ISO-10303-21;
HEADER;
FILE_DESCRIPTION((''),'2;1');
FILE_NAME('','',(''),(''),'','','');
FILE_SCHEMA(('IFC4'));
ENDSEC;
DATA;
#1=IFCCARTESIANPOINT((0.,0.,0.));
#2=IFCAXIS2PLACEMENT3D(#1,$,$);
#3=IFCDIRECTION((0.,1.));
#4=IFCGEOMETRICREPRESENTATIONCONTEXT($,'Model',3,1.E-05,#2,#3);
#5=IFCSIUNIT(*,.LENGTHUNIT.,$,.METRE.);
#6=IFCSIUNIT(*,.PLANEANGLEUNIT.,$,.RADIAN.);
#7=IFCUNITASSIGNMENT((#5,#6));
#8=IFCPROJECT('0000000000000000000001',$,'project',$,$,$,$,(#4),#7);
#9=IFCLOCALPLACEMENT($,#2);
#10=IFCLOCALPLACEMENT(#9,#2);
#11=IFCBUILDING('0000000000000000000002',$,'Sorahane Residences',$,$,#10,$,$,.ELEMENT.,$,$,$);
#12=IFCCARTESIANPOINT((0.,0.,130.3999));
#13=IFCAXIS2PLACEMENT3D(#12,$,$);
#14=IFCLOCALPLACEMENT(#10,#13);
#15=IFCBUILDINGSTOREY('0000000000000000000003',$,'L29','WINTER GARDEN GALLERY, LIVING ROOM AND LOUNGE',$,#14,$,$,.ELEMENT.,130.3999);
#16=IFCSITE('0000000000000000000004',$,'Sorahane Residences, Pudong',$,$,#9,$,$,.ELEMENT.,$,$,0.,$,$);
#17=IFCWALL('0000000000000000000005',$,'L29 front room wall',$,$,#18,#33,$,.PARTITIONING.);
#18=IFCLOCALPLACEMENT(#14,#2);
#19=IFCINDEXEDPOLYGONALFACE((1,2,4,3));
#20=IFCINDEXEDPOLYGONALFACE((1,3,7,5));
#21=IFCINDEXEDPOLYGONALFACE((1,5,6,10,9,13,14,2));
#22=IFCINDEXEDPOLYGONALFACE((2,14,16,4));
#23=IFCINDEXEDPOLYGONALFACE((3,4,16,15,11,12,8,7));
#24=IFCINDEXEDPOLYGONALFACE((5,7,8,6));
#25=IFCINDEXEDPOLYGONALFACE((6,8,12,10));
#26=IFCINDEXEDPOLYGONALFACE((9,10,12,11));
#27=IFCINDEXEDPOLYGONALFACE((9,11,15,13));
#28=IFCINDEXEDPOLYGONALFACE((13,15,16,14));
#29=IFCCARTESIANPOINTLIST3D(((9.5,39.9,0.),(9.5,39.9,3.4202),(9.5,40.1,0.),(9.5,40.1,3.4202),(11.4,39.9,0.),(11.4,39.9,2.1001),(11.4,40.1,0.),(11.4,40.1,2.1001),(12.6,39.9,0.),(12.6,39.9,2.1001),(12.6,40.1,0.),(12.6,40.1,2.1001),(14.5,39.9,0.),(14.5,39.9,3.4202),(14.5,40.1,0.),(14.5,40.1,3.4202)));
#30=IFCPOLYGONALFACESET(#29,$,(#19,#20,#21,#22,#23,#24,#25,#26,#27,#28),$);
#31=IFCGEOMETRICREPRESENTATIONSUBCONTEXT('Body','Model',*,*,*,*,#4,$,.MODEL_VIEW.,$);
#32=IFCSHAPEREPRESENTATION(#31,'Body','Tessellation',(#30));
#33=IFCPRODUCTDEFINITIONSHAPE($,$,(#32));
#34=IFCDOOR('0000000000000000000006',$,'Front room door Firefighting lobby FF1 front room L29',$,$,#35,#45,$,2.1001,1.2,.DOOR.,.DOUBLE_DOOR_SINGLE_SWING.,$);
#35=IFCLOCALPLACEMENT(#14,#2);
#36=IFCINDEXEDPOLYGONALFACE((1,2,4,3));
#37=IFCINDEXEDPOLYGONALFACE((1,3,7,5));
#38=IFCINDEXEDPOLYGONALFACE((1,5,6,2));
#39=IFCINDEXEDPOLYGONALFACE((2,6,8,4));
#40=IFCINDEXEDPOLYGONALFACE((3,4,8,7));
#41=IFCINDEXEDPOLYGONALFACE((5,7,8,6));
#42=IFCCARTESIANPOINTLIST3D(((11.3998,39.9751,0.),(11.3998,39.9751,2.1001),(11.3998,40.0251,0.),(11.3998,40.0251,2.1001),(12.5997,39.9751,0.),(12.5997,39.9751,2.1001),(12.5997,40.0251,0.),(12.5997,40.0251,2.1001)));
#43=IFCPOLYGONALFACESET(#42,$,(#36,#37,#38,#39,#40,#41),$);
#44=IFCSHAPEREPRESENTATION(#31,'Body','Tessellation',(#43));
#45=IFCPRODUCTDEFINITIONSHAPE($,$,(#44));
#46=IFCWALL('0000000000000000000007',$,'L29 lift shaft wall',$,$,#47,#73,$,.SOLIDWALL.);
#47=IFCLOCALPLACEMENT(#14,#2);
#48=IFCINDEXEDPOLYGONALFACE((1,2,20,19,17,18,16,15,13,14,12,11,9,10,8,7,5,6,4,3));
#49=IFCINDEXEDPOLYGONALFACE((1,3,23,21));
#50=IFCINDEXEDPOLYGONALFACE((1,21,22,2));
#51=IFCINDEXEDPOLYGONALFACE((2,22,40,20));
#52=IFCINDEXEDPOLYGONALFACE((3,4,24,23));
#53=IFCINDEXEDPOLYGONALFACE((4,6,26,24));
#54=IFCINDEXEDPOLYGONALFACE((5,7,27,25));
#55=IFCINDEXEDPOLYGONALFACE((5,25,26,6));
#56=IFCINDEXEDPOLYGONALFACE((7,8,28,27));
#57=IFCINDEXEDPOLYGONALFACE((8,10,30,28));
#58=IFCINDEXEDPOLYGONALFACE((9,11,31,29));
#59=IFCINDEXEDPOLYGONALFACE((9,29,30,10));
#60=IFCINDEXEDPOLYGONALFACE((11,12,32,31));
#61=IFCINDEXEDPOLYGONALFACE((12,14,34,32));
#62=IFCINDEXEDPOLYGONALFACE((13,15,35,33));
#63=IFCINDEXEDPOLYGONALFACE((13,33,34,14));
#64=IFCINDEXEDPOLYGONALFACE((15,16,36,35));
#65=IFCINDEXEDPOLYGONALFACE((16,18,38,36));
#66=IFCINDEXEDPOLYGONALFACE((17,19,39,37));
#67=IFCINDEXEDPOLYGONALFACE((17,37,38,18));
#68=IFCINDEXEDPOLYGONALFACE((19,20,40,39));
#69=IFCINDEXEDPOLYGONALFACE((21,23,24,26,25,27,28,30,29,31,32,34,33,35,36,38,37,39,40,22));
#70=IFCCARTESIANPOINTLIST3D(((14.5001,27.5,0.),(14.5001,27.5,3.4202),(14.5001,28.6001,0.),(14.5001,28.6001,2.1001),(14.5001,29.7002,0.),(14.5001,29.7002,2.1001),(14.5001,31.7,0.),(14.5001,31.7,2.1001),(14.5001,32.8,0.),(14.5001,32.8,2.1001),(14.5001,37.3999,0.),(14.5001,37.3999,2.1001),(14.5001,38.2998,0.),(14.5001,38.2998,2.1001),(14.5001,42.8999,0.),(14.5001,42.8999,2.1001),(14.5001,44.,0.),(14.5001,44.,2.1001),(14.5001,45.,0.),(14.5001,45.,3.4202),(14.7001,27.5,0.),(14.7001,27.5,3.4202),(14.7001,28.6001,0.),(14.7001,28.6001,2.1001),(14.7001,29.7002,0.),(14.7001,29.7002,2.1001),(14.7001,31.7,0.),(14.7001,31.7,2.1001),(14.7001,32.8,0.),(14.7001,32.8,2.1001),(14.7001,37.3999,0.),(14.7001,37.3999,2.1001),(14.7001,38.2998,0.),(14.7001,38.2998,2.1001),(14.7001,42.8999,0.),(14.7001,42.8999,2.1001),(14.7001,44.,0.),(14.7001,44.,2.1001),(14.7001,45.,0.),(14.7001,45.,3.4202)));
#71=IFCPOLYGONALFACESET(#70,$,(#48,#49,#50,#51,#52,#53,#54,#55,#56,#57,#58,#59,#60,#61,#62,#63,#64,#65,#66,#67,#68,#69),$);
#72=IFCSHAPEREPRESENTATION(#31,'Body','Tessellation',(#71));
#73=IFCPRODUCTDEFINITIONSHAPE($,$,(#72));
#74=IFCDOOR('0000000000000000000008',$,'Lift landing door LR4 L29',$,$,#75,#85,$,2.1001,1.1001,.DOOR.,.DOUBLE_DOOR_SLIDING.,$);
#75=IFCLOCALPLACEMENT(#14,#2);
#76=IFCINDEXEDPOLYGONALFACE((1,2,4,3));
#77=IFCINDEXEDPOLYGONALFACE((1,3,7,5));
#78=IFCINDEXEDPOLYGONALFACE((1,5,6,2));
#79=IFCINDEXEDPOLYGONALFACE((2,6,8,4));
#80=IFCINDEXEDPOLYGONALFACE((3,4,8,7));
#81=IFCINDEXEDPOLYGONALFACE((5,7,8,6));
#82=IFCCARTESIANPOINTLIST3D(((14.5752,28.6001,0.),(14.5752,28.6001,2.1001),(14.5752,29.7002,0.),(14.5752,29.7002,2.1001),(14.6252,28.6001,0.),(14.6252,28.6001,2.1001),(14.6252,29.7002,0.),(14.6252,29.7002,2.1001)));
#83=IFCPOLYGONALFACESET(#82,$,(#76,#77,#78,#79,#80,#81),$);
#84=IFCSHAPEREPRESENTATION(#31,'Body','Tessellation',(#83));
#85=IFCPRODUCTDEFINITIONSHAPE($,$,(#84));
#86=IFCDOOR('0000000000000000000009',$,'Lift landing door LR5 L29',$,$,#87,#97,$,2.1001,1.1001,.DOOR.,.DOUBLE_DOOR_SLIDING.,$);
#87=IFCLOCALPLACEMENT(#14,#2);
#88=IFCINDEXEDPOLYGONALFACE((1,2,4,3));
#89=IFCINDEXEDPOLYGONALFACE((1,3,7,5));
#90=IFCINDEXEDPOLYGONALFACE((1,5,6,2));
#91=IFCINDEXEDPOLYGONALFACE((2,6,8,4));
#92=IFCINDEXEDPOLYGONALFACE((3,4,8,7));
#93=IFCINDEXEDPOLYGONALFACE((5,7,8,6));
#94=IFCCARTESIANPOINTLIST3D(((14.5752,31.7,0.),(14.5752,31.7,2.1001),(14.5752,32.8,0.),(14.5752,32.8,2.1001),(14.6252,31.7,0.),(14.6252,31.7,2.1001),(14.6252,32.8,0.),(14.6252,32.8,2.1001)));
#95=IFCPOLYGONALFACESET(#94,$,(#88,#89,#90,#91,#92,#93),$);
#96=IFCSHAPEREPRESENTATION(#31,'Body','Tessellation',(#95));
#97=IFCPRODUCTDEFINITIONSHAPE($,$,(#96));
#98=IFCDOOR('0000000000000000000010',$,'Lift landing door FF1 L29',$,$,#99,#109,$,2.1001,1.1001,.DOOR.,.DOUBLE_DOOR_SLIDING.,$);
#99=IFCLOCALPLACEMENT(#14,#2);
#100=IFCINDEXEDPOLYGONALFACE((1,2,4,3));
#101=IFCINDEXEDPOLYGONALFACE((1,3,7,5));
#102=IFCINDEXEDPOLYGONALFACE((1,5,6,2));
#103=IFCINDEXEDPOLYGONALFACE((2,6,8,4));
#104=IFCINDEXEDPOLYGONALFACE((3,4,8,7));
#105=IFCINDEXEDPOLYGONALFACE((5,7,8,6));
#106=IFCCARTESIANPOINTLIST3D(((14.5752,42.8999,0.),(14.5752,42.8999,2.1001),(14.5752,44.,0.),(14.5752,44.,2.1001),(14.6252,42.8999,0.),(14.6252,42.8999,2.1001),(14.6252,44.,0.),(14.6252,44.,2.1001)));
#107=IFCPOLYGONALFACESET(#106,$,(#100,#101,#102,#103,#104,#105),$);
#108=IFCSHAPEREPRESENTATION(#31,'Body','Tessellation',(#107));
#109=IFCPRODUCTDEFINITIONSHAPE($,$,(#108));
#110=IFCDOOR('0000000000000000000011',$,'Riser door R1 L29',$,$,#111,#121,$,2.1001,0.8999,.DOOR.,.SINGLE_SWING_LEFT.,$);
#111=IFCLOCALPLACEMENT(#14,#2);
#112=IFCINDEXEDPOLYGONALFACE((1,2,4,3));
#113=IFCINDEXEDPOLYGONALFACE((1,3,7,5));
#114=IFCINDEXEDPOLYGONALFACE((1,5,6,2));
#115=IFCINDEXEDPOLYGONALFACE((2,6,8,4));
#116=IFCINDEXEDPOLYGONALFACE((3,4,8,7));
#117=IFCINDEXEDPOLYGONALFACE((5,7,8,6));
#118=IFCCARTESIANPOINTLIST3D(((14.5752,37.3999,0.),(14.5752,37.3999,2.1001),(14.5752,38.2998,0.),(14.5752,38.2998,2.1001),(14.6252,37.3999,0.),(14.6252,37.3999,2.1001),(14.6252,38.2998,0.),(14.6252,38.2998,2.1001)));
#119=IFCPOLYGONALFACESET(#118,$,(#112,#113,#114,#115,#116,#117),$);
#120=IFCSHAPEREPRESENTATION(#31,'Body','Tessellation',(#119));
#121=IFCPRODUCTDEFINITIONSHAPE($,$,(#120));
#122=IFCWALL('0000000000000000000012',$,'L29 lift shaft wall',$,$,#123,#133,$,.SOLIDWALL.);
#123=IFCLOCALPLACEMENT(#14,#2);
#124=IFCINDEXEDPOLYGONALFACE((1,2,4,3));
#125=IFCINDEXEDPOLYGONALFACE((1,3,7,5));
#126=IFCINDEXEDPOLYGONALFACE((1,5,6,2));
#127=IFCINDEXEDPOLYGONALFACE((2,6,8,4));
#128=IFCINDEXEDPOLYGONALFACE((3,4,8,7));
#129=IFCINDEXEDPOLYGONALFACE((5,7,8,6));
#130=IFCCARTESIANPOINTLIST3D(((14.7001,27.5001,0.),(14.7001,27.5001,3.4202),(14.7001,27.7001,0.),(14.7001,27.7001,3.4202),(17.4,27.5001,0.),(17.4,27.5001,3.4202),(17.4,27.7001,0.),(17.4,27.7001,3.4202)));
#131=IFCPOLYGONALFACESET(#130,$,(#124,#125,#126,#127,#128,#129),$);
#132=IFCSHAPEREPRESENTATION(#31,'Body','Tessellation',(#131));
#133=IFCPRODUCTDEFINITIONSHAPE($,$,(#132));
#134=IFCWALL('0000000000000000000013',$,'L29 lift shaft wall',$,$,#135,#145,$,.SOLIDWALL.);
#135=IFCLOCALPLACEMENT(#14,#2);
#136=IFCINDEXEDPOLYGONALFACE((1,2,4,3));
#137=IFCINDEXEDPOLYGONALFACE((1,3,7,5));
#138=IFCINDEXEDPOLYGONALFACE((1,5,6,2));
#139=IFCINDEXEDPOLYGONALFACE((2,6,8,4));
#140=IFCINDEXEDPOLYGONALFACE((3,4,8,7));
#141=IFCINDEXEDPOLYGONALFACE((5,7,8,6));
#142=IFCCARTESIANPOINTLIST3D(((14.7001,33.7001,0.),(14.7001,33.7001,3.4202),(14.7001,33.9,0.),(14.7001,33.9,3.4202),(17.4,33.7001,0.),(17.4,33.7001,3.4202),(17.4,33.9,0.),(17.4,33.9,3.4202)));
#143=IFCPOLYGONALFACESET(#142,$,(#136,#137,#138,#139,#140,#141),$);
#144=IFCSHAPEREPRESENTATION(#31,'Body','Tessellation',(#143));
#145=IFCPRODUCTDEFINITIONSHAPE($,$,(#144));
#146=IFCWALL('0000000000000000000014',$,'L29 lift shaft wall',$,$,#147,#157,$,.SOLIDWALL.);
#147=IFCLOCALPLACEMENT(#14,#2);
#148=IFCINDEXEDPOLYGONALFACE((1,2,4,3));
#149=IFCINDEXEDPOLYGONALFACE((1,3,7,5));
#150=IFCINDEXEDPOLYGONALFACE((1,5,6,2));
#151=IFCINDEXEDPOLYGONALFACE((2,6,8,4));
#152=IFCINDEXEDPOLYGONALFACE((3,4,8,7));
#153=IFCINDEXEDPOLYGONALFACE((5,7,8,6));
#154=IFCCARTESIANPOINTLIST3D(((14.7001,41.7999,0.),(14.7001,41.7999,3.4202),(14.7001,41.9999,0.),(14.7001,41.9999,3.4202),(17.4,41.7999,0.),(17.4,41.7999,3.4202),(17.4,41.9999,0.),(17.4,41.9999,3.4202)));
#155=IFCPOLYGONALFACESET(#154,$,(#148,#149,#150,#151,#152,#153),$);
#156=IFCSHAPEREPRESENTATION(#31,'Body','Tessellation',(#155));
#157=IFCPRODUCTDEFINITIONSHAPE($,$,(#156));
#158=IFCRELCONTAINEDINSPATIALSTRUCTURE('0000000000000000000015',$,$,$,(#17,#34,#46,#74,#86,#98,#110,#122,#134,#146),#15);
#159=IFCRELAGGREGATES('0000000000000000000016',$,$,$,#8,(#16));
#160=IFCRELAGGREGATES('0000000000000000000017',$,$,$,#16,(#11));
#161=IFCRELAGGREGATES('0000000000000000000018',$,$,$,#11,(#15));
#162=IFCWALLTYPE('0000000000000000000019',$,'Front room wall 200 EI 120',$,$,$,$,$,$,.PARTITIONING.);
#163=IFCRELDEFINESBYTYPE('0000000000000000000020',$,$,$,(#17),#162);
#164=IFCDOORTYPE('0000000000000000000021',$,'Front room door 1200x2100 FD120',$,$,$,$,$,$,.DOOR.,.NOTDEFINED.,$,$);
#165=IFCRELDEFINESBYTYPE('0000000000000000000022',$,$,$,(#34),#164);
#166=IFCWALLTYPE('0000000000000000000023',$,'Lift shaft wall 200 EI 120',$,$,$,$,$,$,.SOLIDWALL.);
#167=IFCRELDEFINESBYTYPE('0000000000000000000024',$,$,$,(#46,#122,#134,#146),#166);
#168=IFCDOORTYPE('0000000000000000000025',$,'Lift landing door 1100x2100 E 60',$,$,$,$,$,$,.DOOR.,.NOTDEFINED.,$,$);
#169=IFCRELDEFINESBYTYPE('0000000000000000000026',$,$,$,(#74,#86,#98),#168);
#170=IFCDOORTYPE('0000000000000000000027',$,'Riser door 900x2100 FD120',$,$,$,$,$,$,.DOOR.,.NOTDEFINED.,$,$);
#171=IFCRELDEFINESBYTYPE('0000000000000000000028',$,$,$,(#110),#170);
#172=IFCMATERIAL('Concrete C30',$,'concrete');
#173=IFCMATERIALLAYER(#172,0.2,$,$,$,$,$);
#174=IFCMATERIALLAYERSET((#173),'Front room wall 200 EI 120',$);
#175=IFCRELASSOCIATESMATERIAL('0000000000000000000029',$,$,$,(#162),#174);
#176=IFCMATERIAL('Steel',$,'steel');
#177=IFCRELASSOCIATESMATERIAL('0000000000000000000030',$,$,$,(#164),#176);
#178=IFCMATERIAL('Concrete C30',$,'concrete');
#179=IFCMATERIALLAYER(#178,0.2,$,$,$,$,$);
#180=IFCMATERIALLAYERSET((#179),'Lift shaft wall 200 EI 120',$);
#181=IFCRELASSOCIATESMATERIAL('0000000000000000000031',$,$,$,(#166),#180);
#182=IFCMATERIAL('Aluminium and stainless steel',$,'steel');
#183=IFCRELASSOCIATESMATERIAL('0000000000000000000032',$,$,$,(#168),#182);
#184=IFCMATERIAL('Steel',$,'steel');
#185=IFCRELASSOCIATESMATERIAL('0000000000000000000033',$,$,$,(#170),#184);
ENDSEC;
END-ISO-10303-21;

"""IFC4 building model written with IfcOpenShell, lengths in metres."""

from ifc_helpers import new_model, si_unit, direction, frame, frame_2d, origin, place, context, subcontext, project, spatial, rectangle, extrude, material, layer, layer_set, type_object, element, fill, save


model = new_model("IFC4")

# Units and contexts
model_context = context("Model", 3, precision=1e-05, world=origin(), true_north=direction((0.0, 1.0)))
body_context = subcontext(model_context, "Body", "Model", "MODEL_VIEW")
ifc_project = project(units=[si_unit("LENGTHUNIT", "METRE"), si_unit("PLANEANGLEUNIT", "RADIAN")], contexts=[model_context])

# Site, building, storey
site_placement = place(None, origin())
site = spatial("IfcSite", under=ifc_project, at=site_placement, Name="Sorahane Residences, Pudong", CompositionType="ELEMENT", RefElevation=0.0)
building_placement = place(site_placement, origin())
building = spatial("IfcBuilding", under=site, at=building_placement, Name="Sorahane Residences", CompositionType="ELEMENT")
storey_placement = place(building_placement, frame((0.0, 0.0, 130.3999)))
storey = spatial("IfcBuildingStorey", under=building, at=storey_placement, Name="L29", Description="WINTER GARDEN GALLERY, LIVING ROOM AND LOUNGE", CompositionType="ELEMENT", Elevation=130.3999)

# Wall, opening, door
ifc_material_1 = material(Name="Concrete C30", Category="concrete")
ifc_layer_1 = layer(ifc_material_1, 0.2)
ifc_layer_set_1 = layer_set([ifc_layer_1], Name="Front room wall 200 EI 120")
wall_type_1 = type_object("IfcWallType", Name="Front room wall 200 EI 120", PredefinedType="PARTITIONING", material=ifc_layer_set_1)
wall_1_placement = place(storey_placement, frame((9.5, 40.0, 0.0), z_axis=(0.0, 0.0, 1.0), x_axis=(1.0, 0.0, 0.0)))
wall_1 = element("IfcWall", 1, at=wall_1_placement, inside=storey, type_object=wall_type_1, Name="L29 front room wall", PredefinedType="PARTITIONING", context=body_context, shape_type="SweptSolid", body=[
    extrude(rectangle(XDim=5.0, YDim=0.2, at=frame_2d((2.5, 0.0))), origin(), (0.0, 0.0, 1.0), 3.4202),
])
opening_1_placement = place(wall_1_placement, frame((1.8999, 0.0, 0.0)))
opening_1 = element("IfcOpeningElement", 2, at=opening_1_placement, cuts=wall_1, PredefinedType="OPENING", context=body_context, shape_type="SweptSolid", body=[
    extrude(rectangle(XDim=1.2, YDim=2.1001, at=frame_2d((0.6001, 1.05))), frame((0.0, 0.1099, 0.0), z_axis=(0.0, -1.0, 0.0), x_axis=(1.0, 0.0, 0.0)), (0.0, 0.0, 1.0), 0.22),
])
ifc_material_2 = material(Name="Steel", Category="steel")
door_type_1 = type_object("IfcDoorType", Name="Front room door 1200x2100 FD120", OperationType="NOTDEFINED", PredefinedType="DOOR", material=ifc_material_2)
door_1_placement = place(opening_1_placement, frame((1.2, 0.0, 0.0), z_axis=(0.0, 0.0, 1.0), x_axis=(-1.0, 0.0, 0.0)))
door_1 = element("IfcDoor", 3, at=door_1_placement, inside=storey, type_object=door_type_1, Name="Front room door Firefighting lobby FF1 front room L29", OperationType="DOUBLE_DOOR_SINGLE_SWING", OverallHeight=2.1001, OverallWidth=1.2, PredefinedType="DOOR", context=body_context, shape_type="SweptSolid", body=[
    extrude(rectangle(XDim=1.2, YDim=2.1001, at=frame_2d((0.6001, 1.05))), frame((0.0, 0.0249, 0.0), z_axis=(0.0, -1.0, 0.0), x_axis=(1.0, 0.0, 0.0)), (0.0, 0.0, 1.0), 0.05),
])
fill(opening_1, door_1)

# Wall, openings, doors
ifc_material_3 = material(Name="Concrete C30", Category="concrete")
ifc_layer_2 = layer(ifc_material_3, 0.2)
ifc_layer_set_2 = layer_set([ifc_layer_2], Name="Lift shaft wall 200 EI 120")
wall_type_2 = type_object("IfcWallType", Name="Lift shaft wall 200 EI 120", PredefinedType="SOLIDWALL", material=ifc_layer_set_2)
wall_2_placement = place(storey_placement, frame((14.6001, 27.5, 0.0), z_axis=(0.0, 0.0, 1.0), x_axis=(0.0, 1.0, 0.0)))
wall_2 = element("IfcWall", 4, at=wall_2_placement, inside=storey, type_object=wall_type_2, Name="L29 lift shaft wall", PredefinedType="SOLIDWALL", context=body_context, shape_type="SweptSolid", body=[
    extrude(rectangle(XDim=17.5, YDim=0.2, at=frame_2d((8.75, 0.0))), origin(), (0.0, 0.0, 1.0), 3.4202),
])
opening_2_placement = place(wall_2_placement, frame((1.1001, 0.0, 0.0)))
opening_2 = element("IfcOpeningElement", 5, at=opening_2_placement, cuts=wall_2, PredefinedType="OPENING", context=body_context, shape_type="SweptSolid", body=[
    extrude(rectangle(XDim=1.1001, YDim=2.1001, at=frame_2d((0.55, 1.05))), frame((0.0, 0.1099, 0.0), z_axis=(0.0, -1.0, 0.0), x_axis=(1.0, 0.0, 0.0)), (0.0, 0.0, 1.0), 0.22),
])
opening_3_placement = place(wall_2_placement, frame((4.2, 0.0, 0.0)))
opening_3 = element("IfcOpeningElement", 6, at=opening_3_placement, cuts=wall_2, PredefinedType="OPENING", context=body_context, shape_type="SweptSolid", body=[
    extrude(rectangle(XDim=1.1001, YDim=2.1001, at=frame_2d((0.55, 1.05))), frame((0.0, 0.1099, 0.0), z_axis=(0.0, -1.0, 0.0), x_axis=(1.0, 0.0, 0.0)), (0.0, 0.0, 1.0), 0.22),
])
opening_4_placement = place(wall_2_placement, frame((15.3999, 0.0, 0.0)))
opening_4 = element("IfcOpeningElement", 7, at=opening_4_placement, cuts=wall_2, PredefinedType="OPENING", context=body_context, shape_type="SweptSolid", body=[
    extrude(rectangle(XDim=1.1001, YDim=2.1001, at=frame_2d((0.55, 1.05))), frame((0.0, 0.1099, 0.0), z_axis=(0.0, -1.0, 0.0), x_axis=(1.0, 0.0, 0.0)), (0.0, 0.0, 1.0), 0.22),
])
opening_5_placement = place(wall_2_placement, frame((9.8999, 0.0, 0.0)))
opening_5 = element("IfcOpeningElement", 8, at=opening_5_placement, cuts=wall_2, PredefinedType="OPENING", context=body_context, shape_type="SweptSolid", body=[
    extrude(rectangle(XDim=0.8999, YDim=2.1001, at=frame_2d((0.45, 1.05))), frame((0.0, 0.1099, 0.0), z_axis=(0.0, -1.0, 0.0), x_axis=(1.0, 0.0, 0.0)), (0.0, 0.0, 1.0), 0.22),
])
ifc_material_4 = material(Name="Aluminium and stainless steel", Category="steel")
door_type_2 = type_object("IfcDoorType", Name="Lift landing door 1100x2100 E 60", OperationType="NOTDEFINED", PredefinedType="DOOR", material=ifc_material_4)
door_2_placement = place(opening_2_placement, origin())
door_2 = element("IfcDoor", 9, at=door_2_placement, inside=storey, type_object=door_type_2, Name="Lift landing door LR4 L29", OperationType="DOUBLE_DOOR_SLIDING", OverallHeight=2.1001, OverallWidth=1.1001, PredefinedType="DOOR", context=body_context, shape_type="SweptSolid", body=[
    extrude(rectangle(XDim=1.1001, YDim=2.1001, at=frame_2d((0.55, 1.05))), frame((0.0, 0.0249, 0.0), z_axis=(0.0, -1.0, 0.0), x_axis=(1.0, 0.0, 0.0)), (0.0, 0.0, 1.0), 0.05),
])
fill(opening_2, door_2)
door_3_placement = place(opening_3_placement, origin())
door_3 = element("IfcDoor", 10, at=door_3_placement, inside=storey, type_object=door_type_2, Name="Lift landing door LR5 L29", OperationType="DOUBLE_DOOR_SLIDING", OverallHeight=2.1001, OverallWidth=1.1001, PredefinedType="DOOR", context=body_context, shape_type="SweptSolid", body=[
    extrude(rectangle(XDim=1.1001, YDim=2.1001, at=frame_2d((0.55, 1.05))), frame((0.0, 0.0249, 0.0), z_axis=(0.0, -1.0, 0.0), x_axis=(1.0, 0.0, 0.0)), (0.0, 0.0, 1.0), 0.05),
])
fill(opening_3, door_3)
door_4_placement = place(opening_4_placement, origin())
door_4 = element("IfcDoor", 11, at=door_4_placement, inside=storey, type_object=door_type_2, Name="Lift landing door FF1 L29", OperationType="DOUBLE_DOOR_SLIDING", OverallHeight=2.1001, OverallWidth=1.1001, PredefinedType="DOOR", context=body_context, shape_type="SweptSolid", body=[
    extrude(rectangle(XDim=1.1001, YDim=2.1001, at=frame_2d((0.55, 1.05))), frame((0.0, 0.0249, 0.0), z_axis=(0.0, -1.0, 0.0), x_axis=(1.0, 0.0, 0.0)), (0.0, 0.0, 1.0), 0.05),
])
fill(opening_4, door_4)
ifc_material_5 = material(Name="Steel", Category="steel")
door_type_3 = type_object("IfcDoorType", Name="Riser door 900x2100 FD120", OperationType="NOTDEFINED", PredefinedType="DOOR", material=ifc_material_5)
door_5_placement = place(opening_5_placement, origin())
door_5 = element("IfcDoor", 12, at=door_5_placement, inside=storey, type_object=door_type_3, Name="Riser door R1 L29", OperationType="SINGLE_SWING_LEFT", OverallHeight=2.1001, OverallWidth=0.8999, PredefinedType="DOOR", context=body_context, shape_type="SweptSolid", body=[
    extrude(rectangle(XDim=0.8999, YDim=2.1001, at=frame_2d((0.45, 1.05))), frame((0.0, 0.0249, 0.0), z_axis=(0.0, -1.0, 0.0), x_axis=(1.0, 0.0, 0.0)), (0.0, 0.0, 1.0), 0.05),
])
fill(opening_5, door_5)

# Walls
for number, where, z_axis, x_axis, name in (
    (13, (14.7, 27.6001, 0.0), (0.0, 0.0, 1.0), (1.0, 0.0, 0.0), "L29 lift shaft wall"),
    (14, (14.7, 33.8, 0.0), (0.0, 0.0, 1.0), (1.0, 0.0, 0.0), "L29 lift shaft wall"),
    (15, (14.7, 41.8999, 0.0), (0.0, 0.0, 1.0), (1.0, 0.0, 0.0), "L29 lift shaft wall"),
):
    element("IfcWall", number, at=place(storey_placement, frame(where, z_axis=z_axis, x_axis=x_axis)), inside=storey, type_object=wall_type_2, Name=name, PredefinedType="SOLIDWALL", context=body_context, shape_type="SweptSolid", body=[
        extrude(rectangle(XDim=2.7, YDim=0.2, at=frame_2d((1.3501, 0.0))), origin(), (0.0, 0.0, 1.0), 3.4202),
    ])

save(model, "model.ifc")
